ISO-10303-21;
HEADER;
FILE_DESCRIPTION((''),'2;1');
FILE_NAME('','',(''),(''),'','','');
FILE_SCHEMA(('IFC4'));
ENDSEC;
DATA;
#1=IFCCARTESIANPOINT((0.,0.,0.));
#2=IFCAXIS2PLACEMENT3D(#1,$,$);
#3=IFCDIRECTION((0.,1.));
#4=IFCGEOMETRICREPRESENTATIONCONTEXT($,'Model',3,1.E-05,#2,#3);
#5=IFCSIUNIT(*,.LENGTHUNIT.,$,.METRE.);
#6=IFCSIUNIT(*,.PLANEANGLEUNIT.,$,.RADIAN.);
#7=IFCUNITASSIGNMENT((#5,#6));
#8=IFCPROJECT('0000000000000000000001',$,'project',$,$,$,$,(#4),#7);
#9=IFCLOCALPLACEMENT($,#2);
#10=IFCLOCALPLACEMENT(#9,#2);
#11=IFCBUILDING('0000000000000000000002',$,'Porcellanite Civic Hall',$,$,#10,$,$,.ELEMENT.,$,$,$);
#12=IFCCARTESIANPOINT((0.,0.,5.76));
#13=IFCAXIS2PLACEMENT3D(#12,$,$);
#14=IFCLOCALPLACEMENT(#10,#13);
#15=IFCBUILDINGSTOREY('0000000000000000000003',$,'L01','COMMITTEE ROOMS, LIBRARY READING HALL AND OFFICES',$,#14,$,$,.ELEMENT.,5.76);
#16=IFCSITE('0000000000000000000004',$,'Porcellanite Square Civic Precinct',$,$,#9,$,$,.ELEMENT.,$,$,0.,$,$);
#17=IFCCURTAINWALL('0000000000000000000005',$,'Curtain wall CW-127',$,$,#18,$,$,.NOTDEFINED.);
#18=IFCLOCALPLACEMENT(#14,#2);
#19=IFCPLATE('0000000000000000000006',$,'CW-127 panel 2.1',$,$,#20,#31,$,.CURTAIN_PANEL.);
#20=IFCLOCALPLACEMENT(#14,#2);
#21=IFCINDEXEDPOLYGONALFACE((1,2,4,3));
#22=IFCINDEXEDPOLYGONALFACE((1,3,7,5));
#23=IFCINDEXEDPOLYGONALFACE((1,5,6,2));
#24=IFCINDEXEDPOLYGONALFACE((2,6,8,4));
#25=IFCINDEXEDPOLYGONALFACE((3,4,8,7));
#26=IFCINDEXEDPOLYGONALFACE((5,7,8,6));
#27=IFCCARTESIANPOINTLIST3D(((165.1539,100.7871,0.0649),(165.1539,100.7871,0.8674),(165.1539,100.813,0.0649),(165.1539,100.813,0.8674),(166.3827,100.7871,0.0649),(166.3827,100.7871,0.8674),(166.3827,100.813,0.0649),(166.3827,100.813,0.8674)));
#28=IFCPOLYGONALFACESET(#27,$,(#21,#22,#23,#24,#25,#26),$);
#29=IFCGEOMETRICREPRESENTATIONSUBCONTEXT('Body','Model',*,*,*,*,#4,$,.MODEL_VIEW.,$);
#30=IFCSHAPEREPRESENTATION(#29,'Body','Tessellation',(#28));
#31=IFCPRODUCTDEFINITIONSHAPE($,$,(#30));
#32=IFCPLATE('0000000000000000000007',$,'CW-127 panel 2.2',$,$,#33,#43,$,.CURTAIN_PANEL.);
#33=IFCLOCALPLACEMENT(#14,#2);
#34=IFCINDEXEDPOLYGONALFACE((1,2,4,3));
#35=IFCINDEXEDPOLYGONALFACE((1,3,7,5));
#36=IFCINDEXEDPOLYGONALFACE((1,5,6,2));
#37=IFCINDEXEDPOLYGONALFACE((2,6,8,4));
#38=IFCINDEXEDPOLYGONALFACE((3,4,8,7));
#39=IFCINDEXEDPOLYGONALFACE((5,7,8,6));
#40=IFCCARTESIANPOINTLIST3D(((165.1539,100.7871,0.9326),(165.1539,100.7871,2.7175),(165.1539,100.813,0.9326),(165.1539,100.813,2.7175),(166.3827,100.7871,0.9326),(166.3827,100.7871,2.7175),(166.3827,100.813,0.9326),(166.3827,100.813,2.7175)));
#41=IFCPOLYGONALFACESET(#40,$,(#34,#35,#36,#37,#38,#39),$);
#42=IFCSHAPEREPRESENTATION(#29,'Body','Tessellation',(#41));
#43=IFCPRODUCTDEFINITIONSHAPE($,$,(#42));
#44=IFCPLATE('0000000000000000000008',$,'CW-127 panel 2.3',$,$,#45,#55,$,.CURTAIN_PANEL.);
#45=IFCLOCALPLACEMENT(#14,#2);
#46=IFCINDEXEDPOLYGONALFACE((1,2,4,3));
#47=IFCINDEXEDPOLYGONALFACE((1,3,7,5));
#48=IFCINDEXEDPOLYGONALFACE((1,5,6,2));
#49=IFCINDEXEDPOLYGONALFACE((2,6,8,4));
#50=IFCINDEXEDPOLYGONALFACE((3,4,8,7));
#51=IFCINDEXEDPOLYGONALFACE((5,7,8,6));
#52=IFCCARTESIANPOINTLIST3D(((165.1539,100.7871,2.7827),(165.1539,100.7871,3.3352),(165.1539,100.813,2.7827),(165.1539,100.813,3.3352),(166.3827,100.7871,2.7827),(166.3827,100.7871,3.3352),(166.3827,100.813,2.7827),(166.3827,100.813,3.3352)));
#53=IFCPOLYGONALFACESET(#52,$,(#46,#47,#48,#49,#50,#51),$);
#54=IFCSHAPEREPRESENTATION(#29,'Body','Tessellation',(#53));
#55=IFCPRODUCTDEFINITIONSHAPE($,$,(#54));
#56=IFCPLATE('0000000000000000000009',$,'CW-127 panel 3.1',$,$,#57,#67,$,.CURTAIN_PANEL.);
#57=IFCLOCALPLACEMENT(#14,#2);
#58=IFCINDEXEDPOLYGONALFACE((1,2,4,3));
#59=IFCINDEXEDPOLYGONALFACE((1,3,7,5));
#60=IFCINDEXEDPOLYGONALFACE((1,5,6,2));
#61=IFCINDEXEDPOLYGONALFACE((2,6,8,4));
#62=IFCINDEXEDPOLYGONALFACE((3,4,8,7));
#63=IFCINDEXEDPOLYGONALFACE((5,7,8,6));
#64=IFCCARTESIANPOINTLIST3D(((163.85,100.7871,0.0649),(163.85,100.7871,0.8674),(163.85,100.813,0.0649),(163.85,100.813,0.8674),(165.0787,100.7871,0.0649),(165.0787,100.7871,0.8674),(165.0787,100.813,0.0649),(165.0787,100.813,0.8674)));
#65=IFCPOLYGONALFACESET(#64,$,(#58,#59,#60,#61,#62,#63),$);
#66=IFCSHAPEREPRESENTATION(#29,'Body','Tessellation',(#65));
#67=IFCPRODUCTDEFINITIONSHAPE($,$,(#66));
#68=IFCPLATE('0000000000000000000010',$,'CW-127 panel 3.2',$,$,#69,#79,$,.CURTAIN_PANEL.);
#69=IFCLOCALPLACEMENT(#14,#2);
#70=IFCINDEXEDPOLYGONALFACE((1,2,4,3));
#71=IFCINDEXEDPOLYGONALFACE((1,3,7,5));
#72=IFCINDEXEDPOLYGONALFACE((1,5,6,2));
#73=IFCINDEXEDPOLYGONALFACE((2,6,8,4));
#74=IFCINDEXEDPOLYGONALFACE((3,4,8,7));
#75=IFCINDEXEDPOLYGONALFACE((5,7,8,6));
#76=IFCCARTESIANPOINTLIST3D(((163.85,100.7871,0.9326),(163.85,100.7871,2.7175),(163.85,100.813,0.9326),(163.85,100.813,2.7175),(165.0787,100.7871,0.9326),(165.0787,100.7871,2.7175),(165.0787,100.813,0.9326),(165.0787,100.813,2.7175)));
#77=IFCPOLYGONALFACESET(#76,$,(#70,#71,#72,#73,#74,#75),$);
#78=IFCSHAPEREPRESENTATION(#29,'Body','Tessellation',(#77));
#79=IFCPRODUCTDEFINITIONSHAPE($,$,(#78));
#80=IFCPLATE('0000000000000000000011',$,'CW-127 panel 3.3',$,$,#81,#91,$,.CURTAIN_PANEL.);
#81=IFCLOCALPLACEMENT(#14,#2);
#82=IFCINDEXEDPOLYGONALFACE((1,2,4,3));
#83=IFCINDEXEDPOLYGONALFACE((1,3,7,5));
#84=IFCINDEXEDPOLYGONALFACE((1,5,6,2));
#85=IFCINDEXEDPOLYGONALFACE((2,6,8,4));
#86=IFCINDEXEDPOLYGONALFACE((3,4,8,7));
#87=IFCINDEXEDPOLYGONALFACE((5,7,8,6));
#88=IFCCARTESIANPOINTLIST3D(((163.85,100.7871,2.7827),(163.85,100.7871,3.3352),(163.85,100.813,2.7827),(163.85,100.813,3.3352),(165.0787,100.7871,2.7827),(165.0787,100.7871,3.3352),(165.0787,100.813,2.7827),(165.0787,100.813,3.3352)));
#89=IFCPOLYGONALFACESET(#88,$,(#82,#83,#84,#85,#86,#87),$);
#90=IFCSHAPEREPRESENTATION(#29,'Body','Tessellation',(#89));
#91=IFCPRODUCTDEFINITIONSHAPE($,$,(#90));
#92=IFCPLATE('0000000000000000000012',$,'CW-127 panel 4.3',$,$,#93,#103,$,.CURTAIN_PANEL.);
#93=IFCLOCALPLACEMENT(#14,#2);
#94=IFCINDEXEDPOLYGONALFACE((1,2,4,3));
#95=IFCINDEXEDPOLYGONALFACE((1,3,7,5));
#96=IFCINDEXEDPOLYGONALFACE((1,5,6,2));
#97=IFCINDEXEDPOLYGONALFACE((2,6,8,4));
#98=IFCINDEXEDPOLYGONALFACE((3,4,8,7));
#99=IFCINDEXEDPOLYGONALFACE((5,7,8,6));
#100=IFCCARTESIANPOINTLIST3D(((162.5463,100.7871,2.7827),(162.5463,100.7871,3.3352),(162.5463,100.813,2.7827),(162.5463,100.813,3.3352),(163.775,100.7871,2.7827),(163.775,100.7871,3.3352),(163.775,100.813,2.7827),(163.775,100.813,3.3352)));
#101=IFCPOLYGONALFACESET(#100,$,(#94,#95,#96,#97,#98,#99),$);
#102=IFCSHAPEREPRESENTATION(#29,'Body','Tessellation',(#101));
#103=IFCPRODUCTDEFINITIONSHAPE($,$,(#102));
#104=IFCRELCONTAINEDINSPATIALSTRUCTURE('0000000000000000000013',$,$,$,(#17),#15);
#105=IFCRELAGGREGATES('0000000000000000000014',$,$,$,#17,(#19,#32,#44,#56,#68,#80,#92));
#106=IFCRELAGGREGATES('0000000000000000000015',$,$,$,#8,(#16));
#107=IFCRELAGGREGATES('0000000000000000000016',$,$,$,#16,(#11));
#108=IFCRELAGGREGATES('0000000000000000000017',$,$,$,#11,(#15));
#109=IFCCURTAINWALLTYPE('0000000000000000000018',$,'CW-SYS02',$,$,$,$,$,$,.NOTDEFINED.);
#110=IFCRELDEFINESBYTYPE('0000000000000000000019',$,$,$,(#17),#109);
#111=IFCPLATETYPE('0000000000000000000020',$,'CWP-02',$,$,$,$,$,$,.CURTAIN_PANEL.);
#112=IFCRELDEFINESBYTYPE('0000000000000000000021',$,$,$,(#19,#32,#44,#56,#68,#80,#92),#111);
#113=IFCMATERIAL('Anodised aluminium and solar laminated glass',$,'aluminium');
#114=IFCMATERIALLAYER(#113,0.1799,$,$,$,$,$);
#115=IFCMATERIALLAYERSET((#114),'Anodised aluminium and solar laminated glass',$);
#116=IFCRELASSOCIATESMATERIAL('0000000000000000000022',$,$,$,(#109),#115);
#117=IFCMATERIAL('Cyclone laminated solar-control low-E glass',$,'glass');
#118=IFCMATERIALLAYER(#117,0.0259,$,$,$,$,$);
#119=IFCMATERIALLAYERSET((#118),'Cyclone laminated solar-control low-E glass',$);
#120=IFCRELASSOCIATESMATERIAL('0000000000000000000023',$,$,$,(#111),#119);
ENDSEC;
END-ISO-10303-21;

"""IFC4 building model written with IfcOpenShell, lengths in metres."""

from ifc_helpers import new_model, si_unit, direction, frame, origin, origin_2d, place, context, subcontext, project, spatial, rectangle, extrude, material, layer, layer_set, type_object, element, aggregate, save


model = new_model("IFC4")

# Units and contexts
model_context = context("Model", 3, precision=1e-05, world=origin(), true_north=direction((0.0, 1.0)))
body_context = subcontext(model_context, "Body", "Model", "MODEL_VIEW")
ifc_project = project(units=[si_unit("LENGTHUNIT", "METRE"), si_unit("PLANEANGLEUNIT", "RADIAN")], contexts=[model_context])

# Site, building, storey
site_placement = place(None, origin())
site = spatial("IfcSite", under=ifc_project, at=site_placement, Name="Porcellanite Square Civic Precinct", CompositionType="ELEMENT", RefElevation=0.0)
building_placement = place(site_placement, origin())
building = spatial("IfcBuilding", under=site, at=building_placement, Name="Porcellanite Civic Hall", CompositionType="ELEMENT")
storey_placement = place(building_placement, frame((0.0, 0.0, 5.76)))
storey = spatial("IfcBuildingStorey", under=building, at=storey_placement, Name="L01", Description="COMMITTEE ROOMS, LIBRARY READING HALL AND OFFICES", CompositionType="ELEMENT", Elevation=5.76)

# Curtain wall
ifc_material_1 = material(Name="Anodised aluminium and solar laminated glass", Category="aluminium")
ifc_layer_1 = layer(ifc_material_1, 0.1799)
ifc_layer_set_1 = layer_set([ifc_layer_1], Name="Anodised aluminium and solar laminated glass")
curtain_wall_type = type_object("IfcCurtainWallType", Name="CW-SYS02", PredefinedType="NOTDEFINED", material=ifc_layer_set_1)
curtain_wall_placement = place(storey_placement, origin())
curtain_wall = element("IfcCurtainWall", 1, at=curtain_wall_placement, inside=storey, type_object=curtain_wall_type, Name="Curtain wall CW-127", PredefinedType="NOTDEFINED")

# Plates
ifc_material_2 = material(Name="Cyclone laminated solar-control low-E glass", Category="glass")
ifc_layer_2 = layer(ifc_material_2, 0.0259)
ifc_layer_set_2 = layer_set([ifc_layer_2], Name="Cyclone laminated solar-control low-E glass")
plate_type = type_object("IfcPlateType", Name="CWP-02", PredefinedType="CURTAIN_PANEL", material=ifc_layer_set_2)
plate_1_placement = place(storey_placement, frame((165.7683, 100.8, 0.0649), z_axis=(0.0, 0.0, 1.0), x_axis=(-1.0, 0.0, 0.0)))
plate_1 = element("IfcPlate", 2, at=plate_1_placement, type_object=plate_type, Name="CW-127 panel 2.1", PredefinedType="CURTAIN_PANEL", context=body_context, shape_type="SweptSolid", body=[
    extrude(rectangle(XDim=1.2288, YDim=0.0259, at=origin_2d()), origin(), (0.0, 0.0, 1.0), 0.8025),
])
plate_2_placement = place(storey_placement, frame((165.7683, 100.8, 0.9326), z_axis=(0.0, 0.0, 1.0), x_axis=(-1.0, 0.0, 0.0)))
plate_2 = element("IfcPlate", 3, at=plate_2_placement, type_object=plate_type, Name="CW-127 panel 2.2", PredefinedType="CURTAIN_PANEL", context=body_context, shape_type="SweptSolid", body=[
    extrude(rectangle(XDim=1.2288, YDim=0.0259, at=origin_2d()), origin(), (0.0, 0.0, 1.0), 1.7849),
])
plate_3_placement = place(storey_placement, frame((165.7683, 100.8, 2.7827), z_axis=(0.0, 0.0, 1.0), x_axis=(-1.0, 0.0, 0.0)))
plate_3 = element("IfcPlate", 4, at=plate_3_placement, type_object=plate_type, Name="CW-127 panel 2.3", PredefinedType="CURTAIN_PANEL", context=body_context, shape_type="SweptSolid", body=[
    extrude(rectangle(XDim=1.2288, YDim=0.0259, at=origin_2d()), origin(), (0.0, 0.0, 1.0), 0.5525),
])
plate_4_placement = place(storey_placement, frame((164.4644, 100.8, 0.0649), z_axis=(0.0, 0.0, 1.0), x_axis=(-1.0, 0.0, 0.0)))
plate_4 = element("IfcPlate", 5, at=plate_4_placement, type_object=plate_type, Name="CW-127 panel 3.1", PredefinedType="CURTAIN_PANEL", context=body_context, shape_type="SweptSolid", body=[
    extrude(rectangle(XDim=1.2288, YDim=0.0259, at=origin_2d()), origin(), (0.0, 0.0, 1.0), 0.8025),
])
plate_5_placement = place(storey_placement, frame((164.4644, 100.8, 0.9326), z_axis=(0.0, 0.0, 1.0), x_axis=(-1.0, 0.0, 0.0)))
plate_5 = element("IfcPlate", 6, at=plate_5_placement, type_object=plate_type, Name="CW-127 panel 3.2", PredefinedType="CURTAIN_PANEL", context=body_context, shape_type="SweptSolid", body=[
    extrude(rectangle(XDim=1.2288, YDim=0.0259, at=origin_2d()), origin(), (0.0, 0.0, 1.0), 1.7849),
])
plate_6_placement = place(storey_placement, frame((164.4644, 100.8, 2.7827), z_axis=(0.0, 0.0, 1.0), x_axis=(-1.0, 0.0, 0.0)))
plate_6 = element("IfcPlate", 7, at=plate_6_placement, type_object=plate_type, Name="CW-127 panel 3.3", PredefinedType="CURTAIN_PANEL", context=body_context, shape_type="SweptSolid", body=[
    extrude(rectangle(XDim=1.2288, YDim=0.0259, at=origin_2d()), origin(), (0.0, 0.0, 1.0), 0.5525),
])
plate_7_placement = place(storey_placement, frame((163.1606, 100.8, 2.7827), z_axis=(0.0, 0.0, 1.0), x_axis=(-1.0, 0.0, 0.0)))
plate_7 = element("IfcPlate", 8, at=plate_7_placement, type_object=plate_type, Name="CW-127 panel 4.3", PredefinedType="CURTAIN_PANEL", context=body_context, shape_type="SweptSolid", body=[
    extrude(rectangle(XDim=1.2288, YDim=0.0259, at=origin_2d()), origin(), (0.0, 0.0, 1.0), 0.5525),
])
aggregate(curtain_wall, [plate_1, plate_2, plate_3, plate_4, plate_5, plate_6, plate_7])

save(model, "model.ifc")
